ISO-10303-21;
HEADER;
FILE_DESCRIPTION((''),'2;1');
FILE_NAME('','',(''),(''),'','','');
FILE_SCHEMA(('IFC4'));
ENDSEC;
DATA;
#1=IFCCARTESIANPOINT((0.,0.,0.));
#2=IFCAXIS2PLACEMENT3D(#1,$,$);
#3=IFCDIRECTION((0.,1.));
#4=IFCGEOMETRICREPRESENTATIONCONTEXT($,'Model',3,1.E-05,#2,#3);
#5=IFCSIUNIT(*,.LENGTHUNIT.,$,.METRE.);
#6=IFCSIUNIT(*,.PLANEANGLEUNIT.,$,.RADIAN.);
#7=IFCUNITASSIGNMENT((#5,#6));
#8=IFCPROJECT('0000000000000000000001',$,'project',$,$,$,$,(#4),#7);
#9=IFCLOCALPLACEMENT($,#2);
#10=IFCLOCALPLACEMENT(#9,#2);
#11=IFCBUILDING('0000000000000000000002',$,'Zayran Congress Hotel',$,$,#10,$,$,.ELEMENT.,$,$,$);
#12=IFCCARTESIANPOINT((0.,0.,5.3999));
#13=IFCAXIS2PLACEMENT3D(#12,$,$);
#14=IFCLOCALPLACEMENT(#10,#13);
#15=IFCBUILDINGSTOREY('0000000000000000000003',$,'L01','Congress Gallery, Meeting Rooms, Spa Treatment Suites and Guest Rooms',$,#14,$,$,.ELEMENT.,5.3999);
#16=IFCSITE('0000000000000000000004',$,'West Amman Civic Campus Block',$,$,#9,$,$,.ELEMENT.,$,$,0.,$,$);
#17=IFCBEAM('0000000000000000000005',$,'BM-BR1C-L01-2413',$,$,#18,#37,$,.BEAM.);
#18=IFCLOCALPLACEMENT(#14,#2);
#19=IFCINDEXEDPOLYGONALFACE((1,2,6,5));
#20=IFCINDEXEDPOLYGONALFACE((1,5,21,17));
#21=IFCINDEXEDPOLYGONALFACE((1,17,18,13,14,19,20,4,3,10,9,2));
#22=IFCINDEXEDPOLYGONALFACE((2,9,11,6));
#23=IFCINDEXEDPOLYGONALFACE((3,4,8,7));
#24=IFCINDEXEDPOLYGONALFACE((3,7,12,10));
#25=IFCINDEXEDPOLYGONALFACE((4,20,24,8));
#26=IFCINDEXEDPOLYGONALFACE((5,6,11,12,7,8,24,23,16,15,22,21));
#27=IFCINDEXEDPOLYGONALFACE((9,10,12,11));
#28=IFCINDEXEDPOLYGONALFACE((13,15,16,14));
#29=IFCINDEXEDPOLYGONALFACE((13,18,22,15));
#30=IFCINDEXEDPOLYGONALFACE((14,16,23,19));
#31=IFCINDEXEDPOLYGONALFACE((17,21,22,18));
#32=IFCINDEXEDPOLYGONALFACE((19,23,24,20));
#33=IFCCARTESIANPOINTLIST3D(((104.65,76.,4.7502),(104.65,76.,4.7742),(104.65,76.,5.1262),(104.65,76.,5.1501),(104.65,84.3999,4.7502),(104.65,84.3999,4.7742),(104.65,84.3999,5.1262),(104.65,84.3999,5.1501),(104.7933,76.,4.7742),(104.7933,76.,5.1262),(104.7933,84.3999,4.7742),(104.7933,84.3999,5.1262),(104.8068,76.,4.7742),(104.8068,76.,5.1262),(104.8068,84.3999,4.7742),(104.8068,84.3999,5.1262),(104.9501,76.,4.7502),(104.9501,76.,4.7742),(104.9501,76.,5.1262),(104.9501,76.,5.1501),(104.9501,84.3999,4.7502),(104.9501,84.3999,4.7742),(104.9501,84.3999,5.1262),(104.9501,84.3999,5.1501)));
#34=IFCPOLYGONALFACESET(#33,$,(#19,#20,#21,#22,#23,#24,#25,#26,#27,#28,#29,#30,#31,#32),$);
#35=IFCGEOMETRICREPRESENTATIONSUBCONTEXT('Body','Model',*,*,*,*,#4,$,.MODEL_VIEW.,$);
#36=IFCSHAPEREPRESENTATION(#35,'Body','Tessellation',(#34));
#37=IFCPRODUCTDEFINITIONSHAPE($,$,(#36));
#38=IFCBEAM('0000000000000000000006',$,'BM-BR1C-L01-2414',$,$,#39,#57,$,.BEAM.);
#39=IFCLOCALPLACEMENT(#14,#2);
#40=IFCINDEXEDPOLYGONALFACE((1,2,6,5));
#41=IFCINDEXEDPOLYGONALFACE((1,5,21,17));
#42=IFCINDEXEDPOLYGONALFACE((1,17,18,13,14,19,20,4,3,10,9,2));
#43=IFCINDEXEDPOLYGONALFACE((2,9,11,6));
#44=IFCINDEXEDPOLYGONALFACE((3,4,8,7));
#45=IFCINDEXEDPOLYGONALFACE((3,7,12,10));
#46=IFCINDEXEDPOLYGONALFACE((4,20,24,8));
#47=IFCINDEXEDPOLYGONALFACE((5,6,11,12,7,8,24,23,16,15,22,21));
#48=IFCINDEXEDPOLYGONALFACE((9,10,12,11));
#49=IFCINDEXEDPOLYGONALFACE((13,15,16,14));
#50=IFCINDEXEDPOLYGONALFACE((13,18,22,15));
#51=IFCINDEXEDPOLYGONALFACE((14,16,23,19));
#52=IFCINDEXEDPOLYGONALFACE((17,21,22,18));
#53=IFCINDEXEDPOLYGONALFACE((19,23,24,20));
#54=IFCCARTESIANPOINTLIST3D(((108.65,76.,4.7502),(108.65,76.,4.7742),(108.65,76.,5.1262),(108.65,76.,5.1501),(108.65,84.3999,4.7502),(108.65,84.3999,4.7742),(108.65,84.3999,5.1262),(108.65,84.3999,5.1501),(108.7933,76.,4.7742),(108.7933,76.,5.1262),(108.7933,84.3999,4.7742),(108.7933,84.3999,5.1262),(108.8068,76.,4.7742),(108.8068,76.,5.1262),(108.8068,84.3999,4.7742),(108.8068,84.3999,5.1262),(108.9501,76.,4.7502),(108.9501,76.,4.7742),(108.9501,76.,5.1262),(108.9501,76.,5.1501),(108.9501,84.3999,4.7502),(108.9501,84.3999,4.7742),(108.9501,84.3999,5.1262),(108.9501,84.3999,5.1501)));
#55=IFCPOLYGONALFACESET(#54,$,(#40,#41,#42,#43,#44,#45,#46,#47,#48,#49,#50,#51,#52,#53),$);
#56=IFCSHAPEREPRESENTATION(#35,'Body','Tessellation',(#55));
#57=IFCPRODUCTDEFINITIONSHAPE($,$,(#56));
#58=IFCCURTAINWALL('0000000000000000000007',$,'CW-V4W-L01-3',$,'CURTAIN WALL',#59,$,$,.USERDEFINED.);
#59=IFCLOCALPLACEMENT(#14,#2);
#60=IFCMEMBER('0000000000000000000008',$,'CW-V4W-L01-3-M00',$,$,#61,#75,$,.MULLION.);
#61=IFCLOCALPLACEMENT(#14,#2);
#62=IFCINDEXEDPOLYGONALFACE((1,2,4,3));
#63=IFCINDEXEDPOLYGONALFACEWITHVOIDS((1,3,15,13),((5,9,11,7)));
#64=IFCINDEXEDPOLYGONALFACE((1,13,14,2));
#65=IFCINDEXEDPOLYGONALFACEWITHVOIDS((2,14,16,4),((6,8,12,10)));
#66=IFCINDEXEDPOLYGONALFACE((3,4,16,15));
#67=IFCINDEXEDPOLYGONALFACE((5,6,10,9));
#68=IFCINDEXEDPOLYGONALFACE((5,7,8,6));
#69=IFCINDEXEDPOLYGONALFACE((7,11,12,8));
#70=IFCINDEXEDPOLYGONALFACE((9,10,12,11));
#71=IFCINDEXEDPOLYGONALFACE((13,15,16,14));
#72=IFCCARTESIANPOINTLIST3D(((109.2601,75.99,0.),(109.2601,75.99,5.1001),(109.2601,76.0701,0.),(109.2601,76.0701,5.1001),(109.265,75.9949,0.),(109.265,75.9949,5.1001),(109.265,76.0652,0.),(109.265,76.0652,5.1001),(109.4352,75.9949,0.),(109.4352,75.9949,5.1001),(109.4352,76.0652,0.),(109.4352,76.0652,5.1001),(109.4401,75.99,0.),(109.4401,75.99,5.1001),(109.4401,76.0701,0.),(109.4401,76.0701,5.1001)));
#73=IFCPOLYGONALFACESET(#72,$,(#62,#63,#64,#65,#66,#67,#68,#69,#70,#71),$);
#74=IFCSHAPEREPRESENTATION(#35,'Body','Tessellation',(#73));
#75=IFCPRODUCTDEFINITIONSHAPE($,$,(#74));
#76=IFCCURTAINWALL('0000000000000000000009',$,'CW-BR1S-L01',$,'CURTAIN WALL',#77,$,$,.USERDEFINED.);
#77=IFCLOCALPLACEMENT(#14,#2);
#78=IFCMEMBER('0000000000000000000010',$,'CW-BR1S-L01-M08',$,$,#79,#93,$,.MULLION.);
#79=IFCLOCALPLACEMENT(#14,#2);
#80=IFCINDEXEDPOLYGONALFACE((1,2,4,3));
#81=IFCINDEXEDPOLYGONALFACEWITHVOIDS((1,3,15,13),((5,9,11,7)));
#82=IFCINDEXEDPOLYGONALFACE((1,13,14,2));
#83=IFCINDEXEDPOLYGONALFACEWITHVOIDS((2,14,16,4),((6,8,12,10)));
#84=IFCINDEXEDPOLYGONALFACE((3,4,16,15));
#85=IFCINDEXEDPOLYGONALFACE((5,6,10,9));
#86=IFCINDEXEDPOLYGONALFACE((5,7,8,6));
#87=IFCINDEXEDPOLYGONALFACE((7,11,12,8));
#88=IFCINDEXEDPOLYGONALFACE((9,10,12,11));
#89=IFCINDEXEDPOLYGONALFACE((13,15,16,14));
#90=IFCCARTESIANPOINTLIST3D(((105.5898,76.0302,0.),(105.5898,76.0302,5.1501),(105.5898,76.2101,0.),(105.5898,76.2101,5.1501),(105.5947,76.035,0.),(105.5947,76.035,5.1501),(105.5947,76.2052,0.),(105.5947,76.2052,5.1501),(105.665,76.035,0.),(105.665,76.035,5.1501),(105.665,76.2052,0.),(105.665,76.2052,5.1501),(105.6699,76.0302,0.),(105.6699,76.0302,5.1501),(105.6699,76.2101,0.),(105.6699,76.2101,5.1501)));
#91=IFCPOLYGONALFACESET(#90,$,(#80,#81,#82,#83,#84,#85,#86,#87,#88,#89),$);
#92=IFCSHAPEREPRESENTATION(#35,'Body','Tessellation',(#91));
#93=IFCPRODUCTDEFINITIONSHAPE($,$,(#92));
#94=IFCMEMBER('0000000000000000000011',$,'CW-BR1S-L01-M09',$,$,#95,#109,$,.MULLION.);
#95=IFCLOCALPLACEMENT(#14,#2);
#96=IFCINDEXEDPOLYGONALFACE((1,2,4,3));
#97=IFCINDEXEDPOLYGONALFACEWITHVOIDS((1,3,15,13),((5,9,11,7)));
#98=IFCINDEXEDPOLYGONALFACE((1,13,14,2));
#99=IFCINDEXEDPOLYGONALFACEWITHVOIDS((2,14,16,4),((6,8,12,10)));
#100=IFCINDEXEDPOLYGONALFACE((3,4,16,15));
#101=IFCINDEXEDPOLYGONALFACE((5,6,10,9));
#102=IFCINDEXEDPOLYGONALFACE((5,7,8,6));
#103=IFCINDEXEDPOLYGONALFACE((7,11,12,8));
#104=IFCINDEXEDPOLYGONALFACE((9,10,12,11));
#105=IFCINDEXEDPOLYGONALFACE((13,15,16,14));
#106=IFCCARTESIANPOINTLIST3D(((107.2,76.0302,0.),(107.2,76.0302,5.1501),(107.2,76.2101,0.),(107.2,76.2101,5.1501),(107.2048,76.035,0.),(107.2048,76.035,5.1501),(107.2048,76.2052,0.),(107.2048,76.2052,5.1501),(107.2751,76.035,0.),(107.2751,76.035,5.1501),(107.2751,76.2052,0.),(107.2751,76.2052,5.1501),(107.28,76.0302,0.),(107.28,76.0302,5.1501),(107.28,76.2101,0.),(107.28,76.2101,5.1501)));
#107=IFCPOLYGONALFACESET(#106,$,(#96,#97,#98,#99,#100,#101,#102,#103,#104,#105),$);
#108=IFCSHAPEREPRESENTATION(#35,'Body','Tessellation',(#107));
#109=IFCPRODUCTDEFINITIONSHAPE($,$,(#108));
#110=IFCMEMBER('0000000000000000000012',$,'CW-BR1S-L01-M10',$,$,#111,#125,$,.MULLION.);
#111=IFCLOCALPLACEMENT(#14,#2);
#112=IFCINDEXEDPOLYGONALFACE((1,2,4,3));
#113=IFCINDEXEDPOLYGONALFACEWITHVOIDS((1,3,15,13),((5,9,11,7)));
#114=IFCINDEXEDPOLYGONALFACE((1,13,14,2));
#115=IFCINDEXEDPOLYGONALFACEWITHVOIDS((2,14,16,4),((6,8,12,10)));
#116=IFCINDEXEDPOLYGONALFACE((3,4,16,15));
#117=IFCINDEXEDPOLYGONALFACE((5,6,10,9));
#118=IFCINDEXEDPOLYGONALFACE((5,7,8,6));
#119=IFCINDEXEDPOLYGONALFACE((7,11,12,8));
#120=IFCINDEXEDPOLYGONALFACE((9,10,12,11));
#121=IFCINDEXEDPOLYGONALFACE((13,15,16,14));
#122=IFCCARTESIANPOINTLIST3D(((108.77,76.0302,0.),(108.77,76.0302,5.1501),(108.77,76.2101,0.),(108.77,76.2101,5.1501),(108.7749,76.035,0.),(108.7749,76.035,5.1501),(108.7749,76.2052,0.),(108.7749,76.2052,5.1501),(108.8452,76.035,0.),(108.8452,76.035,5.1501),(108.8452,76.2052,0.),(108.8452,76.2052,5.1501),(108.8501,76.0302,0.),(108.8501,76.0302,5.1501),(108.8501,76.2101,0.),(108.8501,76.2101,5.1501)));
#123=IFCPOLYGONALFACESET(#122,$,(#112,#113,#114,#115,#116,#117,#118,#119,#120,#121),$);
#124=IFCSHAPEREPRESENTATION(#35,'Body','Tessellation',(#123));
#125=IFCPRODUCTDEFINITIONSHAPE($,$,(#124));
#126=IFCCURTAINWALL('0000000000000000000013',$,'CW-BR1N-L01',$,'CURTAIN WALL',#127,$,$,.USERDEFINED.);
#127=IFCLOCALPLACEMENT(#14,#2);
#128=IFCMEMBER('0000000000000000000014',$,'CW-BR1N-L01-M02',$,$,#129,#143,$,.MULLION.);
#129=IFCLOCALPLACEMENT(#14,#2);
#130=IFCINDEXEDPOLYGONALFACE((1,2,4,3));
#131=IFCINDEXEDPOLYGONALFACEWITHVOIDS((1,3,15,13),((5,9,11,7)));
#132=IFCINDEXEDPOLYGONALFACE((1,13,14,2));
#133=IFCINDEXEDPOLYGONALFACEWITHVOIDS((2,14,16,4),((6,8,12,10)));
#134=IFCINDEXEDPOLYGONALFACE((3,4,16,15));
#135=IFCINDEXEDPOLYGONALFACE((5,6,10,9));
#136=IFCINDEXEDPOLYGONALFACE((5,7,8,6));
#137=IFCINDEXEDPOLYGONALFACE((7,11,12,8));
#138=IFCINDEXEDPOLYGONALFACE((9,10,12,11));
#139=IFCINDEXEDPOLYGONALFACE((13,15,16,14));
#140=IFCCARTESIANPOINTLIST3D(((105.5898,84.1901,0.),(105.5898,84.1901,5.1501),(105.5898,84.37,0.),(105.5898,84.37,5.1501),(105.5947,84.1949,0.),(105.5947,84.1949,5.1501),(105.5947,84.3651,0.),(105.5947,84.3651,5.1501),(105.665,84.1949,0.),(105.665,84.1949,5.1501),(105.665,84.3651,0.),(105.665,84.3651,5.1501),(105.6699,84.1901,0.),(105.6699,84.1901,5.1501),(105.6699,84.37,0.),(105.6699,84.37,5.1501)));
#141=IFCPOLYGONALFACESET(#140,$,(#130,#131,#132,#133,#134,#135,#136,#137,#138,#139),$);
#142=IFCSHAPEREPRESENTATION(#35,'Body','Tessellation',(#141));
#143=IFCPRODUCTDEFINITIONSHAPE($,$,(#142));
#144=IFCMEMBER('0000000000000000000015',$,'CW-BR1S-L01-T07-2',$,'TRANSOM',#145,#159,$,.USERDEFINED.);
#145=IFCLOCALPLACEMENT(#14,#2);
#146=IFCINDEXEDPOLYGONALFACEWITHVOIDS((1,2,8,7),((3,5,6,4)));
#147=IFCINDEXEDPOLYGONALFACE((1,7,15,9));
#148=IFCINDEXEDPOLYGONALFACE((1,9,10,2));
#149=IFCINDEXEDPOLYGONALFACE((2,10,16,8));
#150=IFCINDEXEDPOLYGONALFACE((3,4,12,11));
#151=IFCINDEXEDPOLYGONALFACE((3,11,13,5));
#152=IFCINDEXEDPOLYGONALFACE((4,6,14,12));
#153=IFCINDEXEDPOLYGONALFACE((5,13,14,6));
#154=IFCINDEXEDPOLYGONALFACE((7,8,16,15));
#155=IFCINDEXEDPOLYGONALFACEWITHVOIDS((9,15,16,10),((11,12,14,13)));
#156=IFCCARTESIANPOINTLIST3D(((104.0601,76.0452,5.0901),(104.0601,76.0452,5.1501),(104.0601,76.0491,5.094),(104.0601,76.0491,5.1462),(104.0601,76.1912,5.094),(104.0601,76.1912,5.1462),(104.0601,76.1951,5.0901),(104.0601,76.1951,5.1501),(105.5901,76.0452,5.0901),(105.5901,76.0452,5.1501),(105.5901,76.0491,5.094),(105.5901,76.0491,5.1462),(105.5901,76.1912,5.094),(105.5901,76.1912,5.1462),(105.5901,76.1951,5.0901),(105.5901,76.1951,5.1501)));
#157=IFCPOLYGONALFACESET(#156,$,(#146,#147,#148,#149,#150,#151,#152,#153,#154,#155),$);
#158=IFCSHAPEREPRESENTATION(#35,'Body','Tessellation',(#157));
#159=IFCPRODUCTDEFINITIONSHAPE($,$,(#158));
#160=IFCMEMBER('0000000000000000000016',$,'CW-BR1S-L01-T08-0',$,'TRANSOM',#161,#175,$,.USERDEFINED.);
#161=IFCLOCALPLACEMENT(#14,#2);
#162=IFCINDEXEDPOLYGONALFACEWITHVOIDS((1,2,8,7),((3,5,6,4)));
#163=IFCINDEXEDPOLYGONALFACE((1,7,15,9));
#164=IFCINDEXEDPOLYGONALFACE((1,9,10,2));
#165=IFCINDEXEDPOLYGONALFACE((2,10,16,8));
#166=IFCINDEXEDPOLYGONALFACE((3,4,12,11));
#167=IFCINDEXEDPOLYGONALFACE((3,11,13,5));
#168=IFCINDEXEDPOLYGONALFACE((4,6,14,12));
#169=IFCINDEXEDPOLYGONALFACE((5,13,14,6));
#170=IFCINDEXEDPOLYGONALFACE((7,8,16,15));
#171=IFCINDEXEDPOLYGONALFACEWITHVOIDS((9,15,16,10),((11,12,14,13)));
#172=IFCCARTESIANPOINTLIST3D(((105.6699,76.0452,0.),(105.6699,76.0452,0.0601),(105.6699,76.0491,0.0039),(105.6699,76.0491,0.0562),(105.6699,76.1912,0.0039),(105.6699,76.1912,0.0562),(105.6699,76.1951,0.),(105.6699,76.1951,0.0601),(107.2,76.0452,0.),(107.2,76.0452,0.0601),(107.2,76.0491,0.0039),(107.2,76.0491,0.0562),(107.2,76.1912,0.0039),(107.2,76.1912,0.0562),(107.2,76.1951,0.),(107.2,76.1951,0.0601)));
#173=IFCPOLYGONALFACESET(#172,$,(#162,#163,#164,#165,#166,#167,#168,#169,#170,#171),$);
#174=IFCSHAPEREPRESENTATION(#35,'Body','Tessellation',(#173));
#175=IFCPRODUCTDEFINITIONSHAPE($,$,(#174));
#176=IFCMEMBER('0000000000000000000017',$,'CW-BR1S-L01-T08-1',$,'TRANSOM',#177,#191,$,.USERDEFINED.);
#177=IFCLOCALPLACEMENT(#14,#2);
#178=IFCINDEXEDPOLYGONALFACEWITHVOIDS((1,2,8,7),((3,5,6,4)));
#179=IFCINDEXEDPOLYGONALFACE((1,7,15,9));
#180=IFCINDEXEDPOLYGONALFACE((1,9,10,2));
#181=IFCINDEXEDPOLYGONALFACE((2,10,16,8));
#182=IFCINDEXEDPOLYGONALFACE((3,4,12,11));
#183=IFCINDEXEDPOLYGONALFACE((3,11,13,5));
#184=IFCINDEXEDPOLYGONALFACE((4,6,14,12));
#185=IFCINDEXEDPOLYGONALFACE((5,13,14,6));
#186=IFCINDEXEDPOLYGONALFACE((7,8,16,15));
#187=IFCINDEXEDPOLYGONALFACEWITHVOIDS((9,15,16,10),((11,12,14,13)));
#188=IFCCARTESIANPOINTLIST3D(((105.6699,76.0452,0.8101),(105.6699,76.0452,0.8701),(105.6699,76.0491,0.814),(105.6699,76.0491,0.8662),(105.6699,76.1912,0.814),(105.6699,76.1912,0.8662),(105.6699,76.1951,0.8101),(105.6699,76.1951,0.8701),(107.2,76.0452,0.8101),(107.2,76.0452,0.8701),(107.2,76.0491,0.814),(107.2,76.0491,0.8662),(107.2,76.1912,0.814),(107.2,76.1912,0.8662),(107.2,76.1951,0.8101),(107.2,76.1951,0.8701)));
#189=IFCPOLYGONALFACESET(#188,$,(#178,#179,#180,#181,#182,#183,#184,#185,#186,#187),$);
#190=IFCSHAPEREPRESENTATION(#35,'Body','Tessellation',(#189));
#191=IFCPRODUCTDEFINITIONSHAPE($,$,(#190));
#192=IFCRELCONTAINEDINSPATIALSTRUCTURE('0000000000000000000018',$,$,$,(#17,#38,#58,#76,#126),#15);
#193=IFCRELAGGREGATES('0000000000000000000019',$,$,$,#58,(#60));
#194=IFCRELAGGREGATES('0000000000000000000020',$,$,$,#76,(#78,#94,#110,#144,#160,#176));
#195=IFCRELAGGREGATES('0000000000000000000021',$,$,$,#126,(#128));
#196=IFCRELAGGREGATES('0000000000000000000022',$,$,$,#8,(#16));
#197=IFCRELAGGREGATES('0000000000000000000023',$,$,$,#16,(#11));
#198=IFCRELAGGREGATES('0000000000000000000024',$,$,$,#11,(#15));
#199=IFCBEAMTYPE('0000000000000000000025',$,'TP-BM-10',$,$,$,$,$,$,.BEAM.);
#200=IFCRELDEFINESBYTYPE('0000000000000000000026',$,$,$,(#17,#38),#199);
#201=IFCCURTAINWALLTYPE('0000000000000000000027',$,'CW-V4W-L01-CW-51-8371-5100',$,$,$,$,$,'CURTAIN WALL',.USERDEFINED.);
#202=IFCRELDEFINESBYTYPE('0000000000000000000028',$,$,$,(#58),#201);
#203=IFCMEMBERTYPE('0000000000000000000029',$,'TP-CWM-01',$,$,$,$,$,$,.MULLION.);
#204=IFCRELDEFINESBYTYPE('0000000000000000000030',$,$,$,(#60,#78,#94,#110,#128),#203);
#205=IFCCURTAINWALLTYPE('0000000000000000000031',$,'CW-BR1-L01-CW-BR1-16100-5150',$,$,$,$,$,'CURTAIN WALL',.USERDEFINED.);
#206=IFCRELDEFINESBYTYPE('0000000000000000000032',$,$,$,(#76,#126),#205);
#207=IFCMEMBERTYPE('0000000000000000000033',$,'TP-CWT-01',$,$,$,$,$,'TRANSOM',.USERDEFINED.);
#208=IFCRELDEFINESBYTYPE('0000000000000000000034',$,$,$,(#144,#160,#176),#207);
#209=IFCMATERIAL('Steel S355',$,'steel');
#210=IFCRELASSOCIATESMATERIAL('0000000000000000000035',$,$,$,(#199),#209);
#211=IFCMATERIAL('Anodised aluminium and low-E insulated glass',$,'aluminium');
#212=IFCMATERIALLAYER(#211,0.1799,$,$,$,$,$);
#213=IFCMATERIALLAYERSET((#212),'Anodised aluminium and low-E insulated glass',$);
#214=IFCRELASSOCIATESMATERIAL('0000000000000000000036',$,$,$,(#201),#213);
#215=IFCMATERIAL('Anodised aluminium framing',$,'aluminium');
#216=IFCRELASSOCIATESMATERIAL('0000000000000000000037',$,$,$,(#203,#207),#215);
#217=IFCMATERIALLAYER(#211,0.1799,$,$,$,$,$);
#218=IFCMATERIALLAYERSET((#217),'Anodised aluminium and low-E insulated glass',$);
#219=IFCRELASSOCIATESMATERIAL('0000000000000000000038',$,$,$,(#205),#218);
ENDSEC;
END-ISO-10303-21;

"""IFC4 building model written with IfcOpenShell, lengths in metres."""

from ifc_helpers import new_model, si_unit, direction, frame, origin, origin_2d, place, context, subcontext, project, spatial, hollow_rectangle, i_section, extrude, material, layer, layer_set, material_profile, profile_set, type_object, element, aggregate, save


model = new_model("IFC4")

# Units and contexts
model_context = context("Model", 3, precision=1e-05, world=origin(), true_north=direction((0.0, 1.0)))
body_context = subcontext(model_context, "Body", "Model", "MODEL_VIEW")
ifc_project = project(units=[si_unit("LENGTHUNIT", "METRE"), si_unit("PLANEANGLEUNIT", "RADIAN")], contexts=[model_context])

# Site, building, storey
site_placement = place(None, origin())
site = spatial("IfcSite", under=ifc_project, at=site_placement, Name="West Amman Civic Campus Block", CompositionType="ELEMENT", RefElevation=0.0)
building_placement = place(site_placement, origin())
building = spatial("IfcBuilding", under=site, at=building_placement, Name="Zayran Congress Hotel", CompositionType="ELEMENT")
storey_placement = place(building_placement, frame((0.0, 0.0, 5.3999)))
storey = spatial("IfcBuildingStorey", under=building, at=storey_placement, Name="L01", Description="Congress Gallery, Meeting Rooms, Spa Treatment Suites and Guest Rooms", CompositionType="ELEMENT", Elevation=5.3999)

# Beams
ifc_material_1 = material(Name="Steel S355", Category="steel")
ifc_material_profile_1 = material_profile(ifc_material_1, i_section(OverallWidth=0.3, OverallDepth=0.3999, WebThickness=0.0134, FlangeThickness=0.0239, at=origin_2d()), Name="HEB 400")
ifc_profile_set_1 = profile_set([ifc_material_profile_1], Name="Steel S355")
beam_type = type_object("IfcBeamType", Name="TP-BM-10", PredefinedType="BEAM", material=ifc_profile_set_1)
for number, where, z_axis, x_axis, name in (
    (1, (104.8, 76.0, 4.9502), (0.0, 1.0, 0.0), (-1.0, 0.0, 0.0), "BM-BR1C-L01-2413"),
    (2, (108.8, 76.0, 4.9502), (0.0, 1.0, 0.0), (-1.0, 0.0, 0.0), "BM-BR1C-L01-2414"),
):
    element("IfcBeam", number, at=place(storey_placement, frame(where, z_axis=z_axis, x_axis=x_axis)), inside=storey, type_object=beam_type, Name=name, PredefinedType="BEAM", context=body_context, shape_type="SweptSolid", body=[
        extrude(i_section(OverallWidth=0.3, OverallDepth=0.3999, WebThickness=0.0134, FlangeThickness=0.0239, at=origin_2d()), origin(), (0.0, 0.0, 1.0), 8.3999),
    ])

# Curtain wall, member
ifc_material_2 = material(Name="Anodised aluminium and low-E insulated glass", Category="aluminium")
ifc_layer_1 = layer(ifc_material_2, 0.1799)
ifc_layer_set_1 = layer_set([ifc_layer_1], Name="Anodised aluminium and low-E insulated glass")
curtain_wall_type_1 = type_object("IfcCurtainWallType", Name="CW-V4W-L01-CW-51-8371-5100", ElementType="CURTAIN WALL", PredefinedType="USERDEFINED", material=ifc_layer_set_1)
curtain_wall_1_placement = place(storey_placement, origin())
curtain_wall_1 = element("IfcCurtainWall", 3, at=curtain_wall_1_placement, inside=storey, type_object=curtain_wall_type_1, Name="CW-V4W-L01-3", ObjectType="CURTAIN WALL", PredefinedType="USERDEFINED")
ifc_material_3 = material(Name="Anodised aluminium framing", Category="aluminium")
ifc_material_profile_2 = material_profile(ifc_material_3, hollow_rectangle(XDim=0.0801, YDim=0.1799, WallThickness=0.0049, at=origin_2d()), Name="RHS 180x80x5")
ifc_profile_set_2 = profile_set([ifc_material_profile_2], Name="Anodised aluminium framing")
member_type_1 = type_object("IfcMemberType", Name="TP-CWM-01", PredefinedType="MULLION", material=ifc_profile_set_2)
member_1_placement = place(storey_placement, frame((109.3501, 76.03, 0.0), z_axis=(0.0, 0.0, 1.0), x_axis=(0.0, 1.0, 0.0)))
member_1 = element("IfcMember", 4, at=member_1_placement, type_object=member_type_1, Name="CW-V4W-L01-3-M00", PredefinedType="MULLION", context=body_context, shape_type="SweptSolid", body=[
    extrude(hollow_rectangle(XDim=0.0801, YDim=0.1799, WallThickness=0.0049, at=origin_2d()), origin(), (0.0, 0.0, 1.0), 5.1001),
])
aggregate(curtain_wall_1, [member_1])

# Curtain wall, members
ifc_layer_2 = layer(ifc_material_2, 0.1799)
ifc_layer_set_2 = layer_set([ifc_layer_2], Name="Anodised aluminium and low-E insulated glass")
curtain_wall_type_2 = type_object("IfcCurtainWallType", Name="CW-BR1-L01-CW-BR1-16100-5150", ElementType="CURTAIN WALL", PredefinedType="USERDEFINED", material=ifc_layer_set_2)
curtain_wall_2_placement = place(storey_placement, origin())
curtain_wall_2 = element("IfcCurtainWall", 5, at=curtain_wall_2_placement, inside=storey, type_object=curtain_wall_type_2, Name="CW-BR1S-L01", ObjectType="CURTAIN WALL", PredefinedType="USERDEFINED")
member_2_placement = place(storey_placement, frame((105.6299, 76.1201, 0.0), z_axis=(0.0, 0.0, 1.0), x_axis=(1.0, 0.0, 0.0)))
member_2 = element("IfcMember", 6, at=member_2_placement, type_object=member_type_1, Name="CW-BR1S-L01-M08", PredefinedType="MULLION", context=body_context, shape_type="SweptSolid", body=[
    extrude(hollow_rectangle(XDim=0.0801, YDim=0.1799, WallThickness=0.0049, at=origin_2d()), origin(), (0.0, 0.0, 1.0), 5.1501),
])
member_3_placement = place(storey_placement, frame((107.24, 76.1201, 0.0), z_axis=(0.0, 0.0, 1.0), x_axis=(1.0, 0.0, 0.0)))
member_3 = element("IfcMember", 7, at=member_3_placement, type_object=member_type_1, Name="CW-BR1S-L01-M09", PredefinedType="MULLION", context=body_context, shape_type="SweptSolid", body=[
    extrude(hollow_rectangle(XDim=0.0801, YDim=0.1799, WallThickness=0.0049, at=origin_2d()), origin(), (0.0, 0.0, 1.0), 5.1501),
])
member_4_placement = place(storey_placement, frame((108.8101, 76.1201, 0.0), z_axis=(0.0, 0.0, 1.0), x_axis=(1.0, 0.0, 0.0)))
member_4 = element("IfcMember", 8, at=member_4_placement, type_object=member_type_1, Name="CW-BR1S-L01-M10", PredefinedType="MULLION", context=body_context, shape_type="SweptSolid", body=[
    extrude(hollow_rectangle(XDim=0.0801, YDim=0.1799, WallThickness=0.0049, at=origin_2d()), origin(), (0.0, 0.0, 1.0), 5.1501),
])

# Curtain wall, member
curtain_wall_3_placement = place(storey_placement, origin())
curtain_wall_3 = element("IfcCurtainWall", 9, at=curtain_wall_3_placement, inside=storey, type_object=curtain_wall_type_2, Name="CW-BR1N-L01", ObjectType="CURTAIN WALL", PredefinedType="USERDEFINED")
member_5_placement = place(storey_placement, frame((105.6299, 84.28, 0.0), z_axis=(0.0, 0.0, 1.0), x_axis=(1.0, 0.0, 0.0)))
member_5 = element("IfcMember", 10, at=member_5_placement, type_object=member_type_1, Name="CW-BR1N-L01-M02", PredefinedType="MULLION", context=body_context, shape_type="SweptSolid", body=[
    extrude(hollow_rectangle(XDim=0.0801, YDim=0.1799, WallThickness=0.0049, at=origin_2d()), origin(), (0.0, 0.0, 1.0), 5.1501),
])

# Members
ifc_material_profile_3 = material_profile(ifc_material_3, hollow_rectangle(XDim=0.0601, YDim=0.1499, WallThickness=0.0039, at=origin_2d()), Name="RHS 150x60x4")
ifc_profile_set_3 = profile_set([ifc_material_profile_3], Name="Anodised aluminium framing")
member_type_2 = type_object("IfcMemberType", Name="TP-CWT-01", ElementType="TRANSOM", PredefinedType="USERDEFINED", material=ifc_profile_set_3)
member_6_placement = place(storey_placement, frame((104.0601, 76.1201, 5.1201), z_axis=(1.0, 0.0, 0.0), x_axis=(0.0, 0.0, 1.0)))
member_6 = element("IfcMember", 11, at=member_6_placement, type_object=member_type_2, Name="CW-BR1S-L01-T07-2", ObjectType="TRANSOM", PredefinedType="USERDEFINED", context=body_context, shape_type="SweptSolid", body=[
    extrude(hollow_rectangle(XDim=0.0601, YDim=0.1499, WallThickness=0.0039, at=origin_2d()), origin(), (0.0, 0.0, 1.0), 1.53),
])
member_7_placement = place(storey_placement, frame((105.6699, 76.1201, 0.03), z_axis=(1.0, 0.0, 0.0), x_axis=(0.0, 0.0, 1.0)))
member_7 = element("IfcMember", 12, at=member_7_placement, type_object=member_type_2, Name="CW-BR1S-L01-T08-0", ObjectType="TRANSOM", PredefinedType="USERDEFINED", context=body_context, shape_type="SweptSolid", body=[
    extrude(hollow_rectangle(XDim=0.0601, YDim=0.1499, WallThickness=0.0039, at=origin_2d()), origin(), (0.0, 0.0, 1.0), 1.53),
])
member_8_placement = place(storey_placement, frame((105.6699, 76.1201, 0.8401), z_axis=(1.0, 0.0, 0.0), x_axis=(0.0, 0.0, 1.0)))
member_8 = element("IfcMember", 13, at=member_8_placement, type_object=member_type_2, Name="CW-BR1S-L01-T08-1", ObjectType="TRANSOM", PredefinedType="USERDEFINED", context=body_context, shape_type="SweptSolid", body=[
    extrude(hollow_rectangle(XDim=0.0601, YDim=0.1499, WallThickness=0.0039, at=origin_2d()), origin(), (0.0, 0.0, 1.0), 1.53),
])

aggregate(curtain_wall_2, [member_2, member_3, member_4, member_6, member_7, member_8])
aggregate(curtain_wall_3, [member_5])

save(model, "model.ifc")
